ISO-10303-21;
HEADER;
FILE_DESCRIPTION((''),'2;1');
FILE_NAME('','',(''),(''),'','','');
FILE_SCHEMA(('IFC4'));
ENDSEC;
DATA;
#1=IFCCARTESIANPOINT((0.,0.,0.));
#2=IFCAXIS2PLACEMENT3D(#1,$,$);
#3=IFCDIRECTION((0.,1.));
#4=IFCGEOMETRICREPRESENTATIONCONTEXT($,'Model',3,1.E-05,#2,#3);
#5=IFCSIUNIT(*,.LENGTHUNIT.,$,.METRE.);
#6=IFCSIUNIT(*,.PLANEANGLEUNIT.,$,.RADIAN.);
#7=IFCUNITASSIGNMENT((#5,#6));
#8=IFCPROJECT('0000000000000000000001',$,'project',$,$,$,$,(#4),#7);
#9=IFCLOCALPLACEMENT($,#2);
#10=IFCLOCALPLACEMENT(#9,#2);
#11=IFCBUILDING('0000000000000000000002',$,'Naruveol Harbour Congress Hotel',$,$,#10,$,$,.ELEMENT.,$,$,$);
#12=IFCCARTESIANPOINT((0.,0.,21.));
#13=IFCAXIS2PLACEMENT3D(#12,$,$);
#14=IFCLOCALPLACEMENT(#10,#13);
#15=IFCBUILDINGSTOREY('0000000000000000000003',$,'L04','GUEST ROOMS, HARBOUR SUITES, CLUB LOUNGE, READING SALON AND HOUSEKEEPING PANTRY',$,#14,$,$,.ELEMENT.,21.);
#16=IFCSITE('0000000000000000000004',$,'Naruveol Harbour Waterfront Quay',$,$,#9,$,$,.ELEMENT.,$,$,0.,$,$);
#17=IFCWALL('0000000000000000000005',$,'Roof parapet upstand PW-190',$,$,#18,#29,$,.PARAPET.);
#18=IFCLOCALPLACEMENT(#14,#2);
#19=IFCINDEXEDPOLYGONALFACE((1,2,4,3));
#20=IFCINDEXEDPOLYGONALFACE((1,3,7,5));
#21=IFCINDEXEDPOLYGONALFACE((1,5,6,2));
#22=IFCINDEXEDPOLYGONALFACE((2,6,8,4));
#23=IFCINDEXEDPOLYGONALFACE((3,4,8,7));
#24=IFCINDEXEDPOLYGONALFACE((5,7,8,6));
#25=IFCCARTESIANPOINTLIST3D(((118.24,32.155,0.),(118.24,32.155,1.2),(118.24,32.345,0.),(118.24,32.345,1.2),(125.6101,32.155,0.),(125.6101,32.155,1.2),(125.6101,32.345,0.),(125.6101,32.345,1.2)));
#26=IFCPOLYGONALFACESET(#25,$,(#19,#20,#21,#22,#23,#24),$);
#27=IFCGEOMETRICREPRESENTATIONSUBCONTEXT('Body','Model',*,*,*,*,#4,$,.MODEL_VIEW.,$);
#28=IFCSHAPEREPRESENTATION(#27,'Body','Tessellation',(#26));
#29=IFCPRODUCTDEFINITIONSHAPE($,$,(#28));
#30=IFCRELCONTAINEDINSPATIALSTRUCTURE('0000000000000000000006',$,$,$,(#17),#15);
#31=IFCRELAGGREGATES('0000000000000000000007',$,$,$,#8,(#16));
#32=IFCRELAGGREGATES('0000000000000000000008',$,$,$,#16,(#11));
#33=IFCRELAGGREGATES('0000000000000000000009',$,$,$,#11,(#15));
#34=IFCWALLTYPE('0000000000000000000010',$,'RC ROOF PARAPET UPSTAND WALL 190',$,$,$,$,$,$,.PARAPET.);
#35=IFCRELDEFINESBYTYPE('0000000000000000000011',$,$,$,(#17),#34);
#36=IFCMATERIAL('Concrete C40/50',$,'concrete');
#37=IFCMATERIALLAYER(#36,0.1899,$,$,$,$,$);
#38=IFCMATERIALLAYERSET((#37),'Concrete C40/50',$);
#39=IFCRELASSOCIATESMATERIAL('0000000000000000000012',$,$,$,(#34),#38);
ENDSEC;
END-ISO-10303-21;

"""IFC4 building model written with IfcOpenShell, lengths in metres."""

from ifc_helpers import new_model, si_unit, direction, frame, frame_2d, origin, place, context, subcontext, project, spatial, rectangle, extrude, material, layer, layer_set, type_object, element, save


model = new_model("IFC4")

# Units and contexts
model_context = context("Model", 3, precision=1e-05, world=origin(), true_north=direction((0.0, 1.0)))
body_context = subcontext(model_context, "Body", "Model", "MODEL_VIEW")
ifc_project = project(units=[si_unit("LENGTHUNIT", "METRE"), si_unit("PLANEANGLEUNIT", "RADIAN")], contexts=[model_context])

# Site, building, storey
site_placement = place(None, origin())
site = spatial("IfcSite", under=ifc_project, at=site_placement, Name="Naruveol Harbour Waterfront Quay", CompositionType="ELEMENT", RefElevation=0.0)
building_placement = place(site_placement, origin())
building = spatial("IfcBuilding", under=site, at=building_placement, Name="Naruveol Harbour Congress Hotel", CompositionType="ELEMENT")
storey_placement = place(building_placement, frame((0.0, 0.0, 21.0)))
storey = spatial("IfcBuildingStorey", under=building, at=storey_placement, Name="L04", Description="GUEST ROOMS, HARBOUR SUITES, CLUB LOUNGE, READING SALON AND HOUSEKEEPING PANTRY", CompositionType="ELEMENT", Elevation=21.0)

# Wall
ifc_material_1 = material(Name="Concrete C40/50", Category="concrete")
ifc_layer_1 = layer(ifc_material_1, 0.1899)
ifc_layer_set_1 = layer_set([ifc_layer_1], Name="Concrete C40/50")
wall_type_1 = type_object("IfcWallType", Name="RC ROOF PARAPET UPSTAND WALL 190", PredefinedType="PARAPET", material=ifc_layer_set_1)
wall_1_placement = place(storey_placement, frame((125.6101, 32.25, 0.0), z_axis=(0.0, 0.0, 1.0), x_axis=(-1.0, 0.0, 0.0)))
element("IfcWall", 1, at=wall_1_placement, inside=storey, type_object=wall_type_1, Name="Roof parapet upstand PW-190", PredefinedType="PARAPET", context=body_context, shape_type="SweptSolid", body=[
    extrude(rectangle(XDim=7.3701, YDim=0.1899, at=frame_2d((3.6851, 0.0))), origin(), (0.0, 0.0, 1.0), 1.2),
])

save(model, "model.ifc")
